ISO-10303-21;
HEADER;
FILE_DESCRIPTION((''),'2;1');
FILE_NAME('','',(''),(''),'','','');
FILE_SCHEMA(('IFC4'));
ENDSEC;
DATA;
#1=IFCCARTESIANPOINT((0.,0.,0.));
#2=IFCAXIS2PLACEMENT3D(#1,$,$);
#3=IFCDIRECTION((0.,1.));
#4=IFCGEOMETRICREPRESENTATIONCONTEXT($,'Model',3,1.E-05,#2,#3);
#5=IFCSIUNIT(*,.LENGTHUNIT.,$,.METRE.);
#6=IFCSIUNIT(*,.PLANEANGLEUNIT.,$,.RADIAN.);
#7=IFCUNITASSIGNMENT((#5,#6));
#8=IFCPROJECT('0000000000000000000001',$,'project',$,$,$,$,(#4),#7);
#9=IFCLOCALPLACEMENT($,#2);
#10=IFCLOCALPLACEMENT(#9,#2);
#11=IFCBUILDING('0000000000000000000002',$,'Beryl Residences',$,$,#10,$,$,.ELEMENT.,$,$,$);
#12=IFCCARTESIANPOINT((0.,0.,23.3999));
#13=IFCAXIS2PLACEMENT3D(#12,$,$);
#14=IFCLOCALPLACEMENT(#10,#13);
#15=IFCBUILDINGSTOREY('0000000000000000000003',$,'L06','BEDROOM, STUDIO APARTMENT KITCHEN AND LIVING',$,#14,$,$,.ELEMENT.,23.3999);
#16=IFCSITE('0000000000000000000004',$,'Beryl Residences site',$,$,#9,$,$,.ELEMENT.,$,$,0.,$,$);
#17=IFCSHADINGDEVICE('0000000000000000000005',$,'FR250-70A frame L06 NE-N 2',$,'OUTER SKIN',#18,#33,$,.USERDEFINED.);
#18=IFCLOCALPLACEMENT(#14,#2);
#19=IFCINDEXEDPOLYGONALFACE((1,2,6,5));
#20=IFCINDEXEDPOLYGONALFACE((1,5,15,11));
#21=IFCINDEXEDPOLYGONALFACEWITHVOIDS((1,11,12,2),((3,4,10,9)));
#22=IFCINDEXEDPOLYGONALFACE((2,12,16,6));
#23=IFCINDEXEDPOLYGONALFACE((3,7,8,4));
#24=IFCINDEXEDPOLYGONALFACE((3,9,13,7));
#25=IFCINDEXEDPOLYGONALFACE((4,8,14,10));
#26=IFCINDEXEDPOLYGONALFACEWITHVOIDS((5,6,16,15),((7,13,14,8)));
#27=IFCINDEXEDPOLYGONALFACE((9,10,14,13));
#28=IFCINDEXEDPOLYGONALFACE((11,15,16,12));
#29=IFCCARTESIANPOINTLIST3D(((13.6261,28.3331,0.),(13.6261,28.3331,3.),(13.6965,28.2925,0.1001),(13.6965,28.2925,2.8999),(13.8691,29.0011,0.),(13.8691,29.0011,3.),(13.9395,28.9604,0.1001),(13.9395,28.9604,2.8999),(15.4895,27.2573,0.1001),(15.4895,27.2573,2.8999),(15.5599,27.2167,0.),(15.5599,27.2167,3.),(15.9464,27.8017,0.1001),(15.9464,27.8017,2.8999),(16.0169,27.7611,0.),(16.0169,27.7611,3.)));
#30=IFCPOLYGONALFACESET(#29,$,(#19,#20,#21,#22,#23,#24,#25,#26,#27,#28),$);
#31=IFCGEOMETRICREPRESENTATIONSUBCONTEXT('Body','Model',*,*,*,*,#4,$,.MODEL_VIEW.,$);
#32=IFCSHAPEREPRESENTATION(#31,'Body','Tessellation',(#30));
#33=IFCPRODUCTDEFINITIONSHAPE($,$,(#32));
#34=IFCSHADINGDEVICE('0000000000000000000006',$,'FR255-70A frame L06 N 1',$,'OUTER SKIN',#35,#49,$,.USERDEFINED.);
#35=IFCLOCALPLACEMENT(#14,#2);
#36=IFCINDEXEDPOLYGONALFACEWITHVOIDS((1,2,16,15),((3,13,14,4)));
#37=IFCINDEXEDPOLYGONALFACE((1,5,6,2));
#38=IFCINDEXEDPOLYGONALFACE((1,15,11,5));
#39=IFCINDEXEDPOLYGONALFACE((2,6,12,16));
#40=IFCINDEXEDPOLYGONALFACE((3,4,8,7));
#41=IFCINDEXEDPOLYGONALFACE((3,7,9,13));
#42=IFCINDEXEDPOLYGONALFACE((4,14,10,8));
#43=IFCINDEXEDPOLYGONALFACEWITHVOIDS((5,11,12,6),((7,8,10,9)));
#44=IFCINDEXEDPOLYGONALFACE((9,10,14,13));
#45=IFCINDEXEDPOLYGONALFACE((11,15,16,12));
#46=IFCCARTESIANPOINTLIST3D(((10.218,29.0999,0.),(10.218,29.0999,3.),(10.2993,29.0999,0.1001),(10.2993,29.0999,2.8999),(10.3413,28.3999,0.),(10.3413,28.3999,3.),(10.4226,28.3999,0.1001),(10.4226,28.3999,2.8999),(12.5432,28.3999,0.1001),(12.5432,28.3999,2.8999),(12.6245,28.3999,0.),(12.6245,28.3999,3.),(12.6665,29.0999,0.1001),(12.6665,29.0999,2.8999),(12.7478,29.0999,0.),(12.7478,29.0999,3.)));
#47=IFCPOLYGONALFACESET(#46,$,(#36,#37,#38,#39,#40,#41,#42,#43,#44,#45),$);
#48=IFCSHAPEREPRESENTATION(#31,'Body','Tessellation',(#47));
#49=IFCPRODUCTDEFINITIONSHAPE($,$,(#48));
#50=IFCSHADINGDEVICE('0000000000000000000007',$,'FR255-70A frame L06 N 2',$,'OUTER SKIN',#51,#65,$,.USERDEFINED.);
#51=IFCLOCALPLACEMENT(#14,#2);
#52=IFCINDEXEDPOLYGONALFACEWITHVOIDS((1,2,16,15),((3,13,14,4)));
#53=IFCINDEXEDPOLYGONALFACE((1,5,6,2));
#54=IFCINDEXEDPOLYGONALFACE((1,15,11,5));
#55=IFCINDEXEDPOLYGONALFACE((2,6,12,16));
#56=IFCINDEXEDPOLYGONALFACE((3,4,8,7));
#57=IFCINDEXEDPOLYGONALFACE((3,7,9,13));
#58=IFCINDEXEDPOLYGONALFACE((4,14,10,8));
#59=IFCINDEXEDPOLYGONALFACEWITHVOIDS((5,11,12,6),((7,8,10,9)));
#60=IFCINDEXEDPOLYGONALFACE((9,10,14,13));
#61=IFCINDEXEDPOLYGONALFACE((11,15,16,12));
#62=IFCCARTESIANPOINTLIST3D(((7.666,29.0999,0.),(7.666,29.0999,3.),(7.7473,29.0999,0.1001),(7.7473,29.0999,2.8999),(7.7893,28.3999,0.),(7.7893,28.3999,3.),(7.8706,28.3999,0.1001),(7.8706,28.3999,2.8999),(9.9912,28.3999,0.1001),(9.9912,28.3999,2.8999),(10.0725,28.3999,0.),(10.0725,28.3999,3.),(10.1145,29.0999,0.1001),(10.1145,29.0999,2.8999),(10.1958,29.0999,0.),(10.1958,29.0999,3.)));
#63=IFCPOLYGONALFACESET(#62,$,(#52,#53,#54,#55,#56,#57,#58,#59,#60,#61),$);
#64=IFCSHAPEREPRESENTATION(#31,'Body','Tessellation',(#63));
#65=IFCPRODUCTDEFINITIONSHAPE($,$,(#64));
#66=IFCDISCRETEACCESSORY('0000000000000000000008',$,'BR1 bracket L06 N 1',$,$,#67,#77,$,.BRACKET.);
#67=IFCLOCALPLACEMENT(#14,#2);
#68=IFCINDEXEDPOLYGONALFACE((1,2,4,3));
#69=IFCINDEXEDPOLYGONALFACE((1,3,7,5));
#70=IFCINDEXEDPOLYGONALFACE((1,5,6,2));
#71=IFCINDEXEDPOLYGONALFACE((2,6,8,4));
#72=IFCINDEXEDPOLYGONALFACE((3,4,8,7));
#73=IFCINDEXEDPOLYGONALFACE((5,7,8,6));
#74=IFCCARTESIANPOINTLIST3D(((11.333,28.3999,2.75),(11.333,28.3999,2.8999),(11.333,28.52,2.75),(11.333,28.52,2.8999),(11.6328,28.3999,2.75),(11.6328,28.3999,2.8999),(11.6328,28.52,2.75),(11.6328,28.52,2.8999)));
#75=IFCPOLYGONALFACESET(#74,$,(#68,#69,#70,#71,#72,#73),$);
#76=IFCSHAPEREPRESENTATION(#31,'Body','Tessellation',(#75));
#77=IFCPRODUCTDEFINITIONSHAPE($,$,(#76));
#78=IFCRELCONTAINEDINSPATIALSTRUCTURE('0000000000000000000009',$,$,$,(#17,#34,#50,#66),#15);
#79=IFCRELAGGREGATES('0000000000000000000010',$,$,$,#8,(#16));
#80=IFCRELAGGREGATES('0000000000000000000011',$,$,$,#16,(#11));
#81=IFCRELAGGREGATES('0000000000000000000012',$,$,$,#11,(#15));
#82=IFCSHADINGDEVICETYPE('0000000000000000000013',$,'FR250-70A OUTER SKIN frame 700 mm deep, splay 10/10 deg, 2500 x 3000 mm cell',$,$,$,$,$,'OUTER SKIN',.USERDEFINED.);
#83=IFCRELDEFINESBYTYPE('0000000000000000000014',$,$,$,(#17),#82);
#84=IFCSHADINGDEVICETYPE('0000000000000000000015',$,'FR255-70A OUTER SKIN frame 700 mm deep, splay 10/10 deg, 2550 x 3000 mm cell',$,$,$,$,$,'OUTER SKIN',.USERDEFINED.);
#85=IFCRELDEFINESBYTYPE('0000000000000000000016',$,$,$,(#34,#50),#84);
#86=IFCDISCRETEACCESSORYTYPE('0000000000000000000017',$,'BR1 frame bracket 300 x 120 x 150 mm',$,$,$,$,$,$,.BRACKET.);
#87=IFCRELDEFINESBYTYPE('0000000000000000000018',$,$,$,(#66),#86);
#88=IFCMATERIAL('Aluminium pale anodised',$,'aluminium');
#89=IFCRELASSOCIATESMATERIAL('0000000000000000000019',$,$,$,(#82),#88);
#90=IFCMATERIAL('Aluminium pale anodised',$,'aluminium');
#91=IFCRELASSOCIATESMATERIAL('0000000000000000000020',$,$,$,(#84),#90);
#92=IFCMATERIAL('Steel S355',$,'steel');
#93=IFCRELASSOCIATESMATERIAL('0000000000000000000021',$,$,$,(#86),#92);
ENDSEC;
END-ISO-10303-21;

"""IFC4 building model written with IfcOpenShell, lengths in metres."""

from ifc_helpers import new_model, entity, si_unit, direction, frame, origin, place, context, subcontext, project, spatial, polyline, outline, extrude, source, transform, mapped, material, type_object, type_shapes, element, save


model = new_model("IFC4")

# Units and contexts
model_context = context("Model", 3, precision=1e-05, world=origin(), true_north=direction((0.0, 1.0)))
body_context = subcontext(model_context, "Body", "Model", "MODEL_VIEW")
ifc_project = project(units=[si_unit("LENGTHUNIT", "METRE"), si_unit("PLANEANGLEUNIT", "RADIAN")], contexts=[model_context])

# Site, building, storey
site_placement = place(None, origin())
site = spatial("IfcSite", under=ifc_project, at=site_placement, Name="Beryl Residences site", CompositionType="ELEMENT", RefElevation=0.0)
building_placement = place(site_placement, origin())
building = spatial("IfcBuilding", under=site, at=building_placement, Name="Beryl Residences", CompositionType="ELEMENT")
storey_placement = place(building_placement, frame((0.0, 0.0, 23.3999)))
storey = spatial("IfcBuildingStorey", under=building, at=storey_placement, Name="L06", Description="BEDROOM, STUDIO APARTMENT KITCHEN AND LIVING", CompositionType="ELEMENT", Elevation=23.3999)

# Shading devices
ifc_material_1 = material(Name="Aluminium pale anodised", Category="aluminium")
shading_device_type_1 = type_object("IfcShadingDeviceType", Name="FR250-70A OUTER SKIN frame 700 mm deep, splay 10/10 deg, 2500 x 3000 mm cell", ElementType="OUTER SKIN", PredefinedType="USERDEFINED", material=ifc_material_1)
cartesian_point_1 = entity("IfcCartesianPoint", [-1.1165, 0.0])
cartesian_point_2 = entity("IfcCartesianPoint", [-1.0352, 0.1001])
cartesian_point_3 = entity("IfcCartesianPoint", [-1.24, 0.0])
cartesian_point_4 = entity("IfcCartesianPoint", [-1.1587, 0.1001])
shared_shape_1 = source(origin(), body_context, "Body", "SweptSolid", [
    entity("IfcExtrudedAreaSolidTapered", entity("IfcArbitraryProfileDefWithVoids", "AREA", None, entity("IfcPolyline", [cartesian_point_1, entity("IfcCartesianPoint", [1.1165, 0.0]), entity("IfcCartesianPoint", [1.1165, 3.0]), entity("IfcCartesianPoint", [-1.1165, 3.0]), cartesian_point_1]), [entity("IfcPolyline", [cartesian_point_2, entity("IfcCartesianPoint", [1.0352, 0.1001]), entity("IfcCartesianPoint", [1.0352, 2.8999]), entity("IfcCartesianPoint", [-1.0352, 2.8999]), cartesian_point_2])]), entity("IfcAxis2Placement3D", entity("IfcCartesianPoint", [0.0, 0.0, 0.0]), entity("IfcDirection", [0.0, 1.0, 0.0]), entity("IfcDirection", [-1.0, 0.0, 0.0])), entity("IfcDirection", [0.0, 0.0, 1.0]), 0.7, entity("IfcArbitraryProfileDefWithVoids", "AREA", None, entity("IfcPolyline", [cartesian_point_3, entity("IfcCartesianPoint", [1.24, 0.0]), entity("IfcCartesianPoint", [1.24, 3.0]), entity("IfcCartesianPoint", [-1.24, 3.0]), cartesian_point_3]), [entity("IfcPolyline", [cartesian_point_4, entity("IfcCartesianPoint", [1.1587, 0.1001]), entity("IfcCartesianPoint", [1.1587, 2.8999]), entity("IfcCartesianPoint", [-1.1587, 2.8999]), cartesian_point_4])])),
])
type_shapes(shading_device_type_1, [shared_shape_1])
shading_device_placement = place(storey_placement, frame((14.593, 27.7749, 0.0), z_axis=(0.0, 0.0, 1.0), x_axis=(0.866025, -0.5, 0.0)))
element("IfcShadingDevice", 1, at=shading_device_placement, inside=storey, type_object=shading_device_type_1, Name="FR250-70A frame L06 NE-N 2", ObjectType="OUTER SKIN", PredefinedType="USERDEFINED", context=body_context, shape_type="MappedRepresentation", body=[
    mapped(shared_shape_1, transform((0.0, 0.0, 0.0))),
])
ifc_material_2 = material(Name="Aluminium pale anodised", Category="aluminium")
shading_device_type_2 = type_object("IfcShadingDeviceType", Name="FR255-70A OUTER SKIN frame 700 mm deep, splay 10/10 deg, 2550 x 3000 mm cell", ElementType="OUTER SKIN", PredefinedType="USERDEFINED", material=ifc_material_2)
cartesian_point_5 = entity("IfcCartesianPoint", [-1.1416, 0.0])
cartesian_point_6 = entity("IfcCartesianPoint", [-1.0603, 0.1001])
cartesian_point_7 = entity("IfcCartesianPoint", [-1.2649, 0.0])
cartesian_point_8 = entity("IfcCartesianPoint", [-1.1836, 0.1001])
shared_shape_2 = source(origin(), body_context, "Body", "SweptSolid", [
    entity("IfcExtrudedAreaSolidTapered", entity("IfcArbitraryProfileDefWithVoids", "AREA", None, entity("IfcPolyline", [cartesian_point_5, entity("IfcCartesianPoint", [1.1416, 0.0]), entity("IfcCartesianPoint", [1.1416, 3.0]), entity("IfcCartesianPoint", [-1.1416, 3.0]), cartesian_point_5]), [entity("IfcPolyline", [cartesian_point_6, entity("IfcCartesianPoint", [1.0603, 0.1001]), entity("IfcCartesianPoint", [1.0603, 2.8999]), entity("IfcCartesianPoint", [-1.0603, 2.8999]), cartesian_point_6])]), entity("IfcAxis2Placement3D", entity("IfcCartesianPoint", [0.0, 0.0, 0.0]), entity("IfcDirection", [0.0, 1.0, 0.0]), entity("IfcDirection", [-1.0, 0.0, 0.0])), entity("IfcDirection", [0.0, 0.0, 1.0]), 0.7, entity("IfcArbitraryProfileDefWithVoids", "AREA", None, entity("IfcPolyline", [cartesian_point_7, entity("IfcCartesianPoint", [1.2649, 0.0]), entity("IfcCartesianPoint", [1.2649, 3.0]), entity("IfcCartesianPoint", [-1.2649, 3.0]), cartesian_point_7]), [entity("IfcPolyline", [cartesian_point_8, entity("IfcCartesianPoint", [1.1836, 0.1001]), entity("IfcCartesianPoint", [1.1836, 2.8999]), entity("IfcCartesianPoint", [-1.1836, 2.8999]), cartesian_point_8])])),
])
type_shapes(shading_device_type_2, [shared_shape_2])
for number, where, z_axis, x_axis, name in (
    (2, (11.4829, 28.3999, 0.0), (0.0, 0.0, 1.0), (1.0, 0.0, 0.0), "FR255-70A frame L06 N 1"),
    (3, (8.9309, 28.3999, 0.0), (0.0, 0.0, 1.0), (1.0, 0.0, 0.0), "FR255-70A frame L06 N 2"),
):
    element("IfcShadingDevice", number, at=place(storey_placement, frame(where, z_axis=z_axis, x_axis=x_axis)), inside=storey, type_object=shading_device_type_2, Name=name, ObjectType="OUTER SKIN", PredefinedType="USERDEFINED", context=body_context, shape_type="MappedRepresentation", body=[
        mapped(shared_shape_2, transform((0.0, 0.0, 0.0))),
    ])

# Discrete accessory
ifc_material_3 = material(Name="Steel S355", Category="steel")
discrete_accessory_type = type_object("IfcDiscreteAccessoryType", Name="BR1 frame bracket 300 x 120 x 150 mm", PredefinedType="BRACKET", material=ifc_material_3)
shared_shape_3 = source(origin(), body_context, "Body", "SweptSolid", [
    extrude(outline(polyline([(-0.1499, 0.0), (0.1499, 0.0), (0.1499, 0.1201), (-0.1499, 0.1201), (-0.1499, 0.0)])), origin(), (0.0, 0.0, 1.0), 0.1499),
])
type_shapes(discrete_accessory_type, [shared_shape_3])
discrete_accessory_placement = place(storey_placement, frame((11.4829, 28.3999, 2.75), z_axis=(0.0, 0.0, 1.0), x_axis=(1.0, 0.0, 0.0)))
element("IfcDiscreteAccessory", 4, at=discrete_accessory_placement, inside=storey, type_object=discrete_accessory_type, Name="BR1 bracket L06 N 1", PredefinedType="BRACKET", context=body_context, shape_type="MappedRepresentation", body=[
    mapped(shared_shape_3, transform((0.0, 0.0, 0.0))),
])

save(model, "model.ifc")
